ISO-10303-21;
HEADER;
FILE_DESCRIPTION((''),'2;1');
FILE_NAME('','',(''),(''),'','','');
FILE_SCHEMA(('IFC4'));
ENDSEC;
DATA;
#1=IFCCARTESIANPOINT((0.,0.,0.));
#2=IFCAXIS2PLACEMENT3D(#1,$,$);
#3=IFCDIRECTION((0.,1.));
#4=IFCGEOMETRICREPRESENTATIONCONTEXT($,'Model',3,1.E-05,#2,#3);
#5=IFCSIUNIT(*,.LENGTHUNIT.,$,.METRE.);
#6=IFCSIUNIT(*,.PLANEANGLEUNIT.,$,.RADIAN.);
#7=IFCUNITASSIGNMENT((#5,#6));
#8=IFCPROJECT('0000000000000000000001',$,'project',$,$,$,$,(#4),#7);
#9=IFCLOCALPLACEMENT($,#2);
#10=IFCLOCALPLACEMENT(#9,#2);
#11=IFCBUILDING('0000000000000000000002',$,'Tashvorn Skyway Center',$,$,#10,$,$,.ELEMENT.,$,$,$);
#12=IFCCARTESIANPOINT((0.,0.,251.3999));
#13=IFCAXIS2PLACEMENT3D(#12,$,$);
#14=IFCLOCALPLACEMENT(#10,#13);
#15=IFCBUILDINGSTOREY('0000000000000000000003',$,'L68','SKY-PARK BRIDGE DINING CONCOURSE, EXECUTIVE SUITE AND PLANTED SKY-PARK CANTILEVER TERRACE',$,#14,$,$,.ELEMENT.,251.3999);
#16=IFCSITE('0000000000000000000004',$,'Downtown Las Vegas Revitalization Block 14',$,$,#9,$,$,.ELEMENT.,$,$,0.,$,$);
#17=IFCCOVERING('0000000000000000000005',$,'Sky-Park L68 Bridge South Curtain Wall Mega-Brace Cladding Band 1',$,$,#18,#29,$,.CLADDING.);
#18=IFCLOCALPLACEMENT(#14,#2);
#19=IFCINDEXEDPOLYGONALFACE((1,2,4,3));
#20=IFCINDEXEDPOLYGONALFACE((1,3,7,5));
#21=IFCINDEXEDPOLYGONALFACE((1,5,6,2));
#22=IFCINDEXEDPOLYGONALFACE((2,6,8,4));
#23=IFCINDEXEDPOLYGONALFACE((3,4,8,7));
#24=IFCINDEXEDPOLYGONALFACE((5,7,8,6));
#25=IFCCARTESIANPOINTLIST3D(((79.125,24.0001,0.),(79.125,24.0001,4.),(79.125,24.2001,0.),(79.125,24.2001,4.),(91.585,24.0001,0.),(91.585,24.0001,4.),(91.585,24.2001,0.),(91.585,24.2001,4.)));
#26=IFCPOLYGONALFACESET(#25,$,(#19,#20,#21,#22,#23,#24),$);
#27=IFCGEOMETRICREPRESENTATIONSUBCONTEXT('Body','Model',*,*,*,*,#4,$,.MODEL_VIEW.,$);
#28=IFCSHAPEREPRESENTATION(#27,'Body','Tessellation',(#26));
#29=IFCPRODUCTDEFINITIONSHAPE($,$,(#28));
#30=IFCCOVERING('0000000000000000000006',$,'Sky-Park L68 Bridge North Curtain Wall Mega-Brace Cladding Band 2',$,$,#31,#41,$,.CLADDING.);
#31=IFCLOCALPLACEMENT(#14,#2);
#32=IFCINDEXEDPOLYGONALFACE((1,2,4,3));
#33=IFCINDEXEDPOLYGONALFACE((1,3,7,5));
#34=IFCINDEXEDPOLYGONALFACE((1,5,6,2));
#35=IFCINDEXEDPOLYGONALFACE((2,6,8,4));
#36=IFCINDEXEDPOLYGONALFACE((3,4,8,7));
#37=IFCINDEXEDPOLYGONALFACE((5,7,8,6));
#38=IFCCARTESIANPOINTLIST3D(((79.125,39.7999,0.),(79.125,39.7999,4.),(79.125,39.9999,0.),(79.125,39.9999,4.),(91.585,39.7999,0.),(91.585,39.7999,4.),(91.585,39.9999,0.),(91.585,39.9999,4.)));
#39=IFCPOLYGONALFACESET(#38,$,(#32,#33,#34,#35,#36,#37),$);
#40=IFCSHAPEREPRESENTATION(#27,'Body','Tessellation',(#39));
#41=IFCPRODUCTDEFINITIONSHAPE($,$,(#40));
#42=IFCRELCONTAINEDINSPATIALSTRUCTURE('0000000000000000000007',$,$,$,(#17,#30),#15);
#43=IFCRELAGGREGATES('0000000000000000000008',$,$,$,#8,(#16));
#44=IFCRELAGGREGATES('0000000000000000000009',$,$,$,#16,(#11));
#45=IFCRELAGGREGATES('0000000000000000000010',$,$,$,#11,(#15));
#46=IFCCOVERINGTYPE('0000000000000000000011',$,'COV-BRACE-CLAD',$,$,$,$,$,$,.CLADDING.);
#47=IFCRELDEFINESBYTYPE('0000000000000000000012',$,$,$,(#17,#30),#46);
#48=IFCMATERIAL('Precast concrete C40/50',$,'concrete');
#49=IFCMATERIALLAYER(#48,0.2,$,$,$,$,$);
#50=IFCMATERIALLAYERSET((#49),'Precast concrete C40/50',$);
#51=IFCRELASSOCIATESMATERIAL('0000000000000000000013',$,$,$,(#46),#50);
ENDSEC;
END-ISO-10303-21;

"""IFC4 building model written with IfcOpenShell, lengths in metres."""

from ifc_helpers import new_model, si_unit, direction, frame, origin, origin_2d, place, context, subcontext, project, spatial, rectangle, extrude, material, layer, layer_set, type_object, element, save


model = new_model("IFC4")

# Units and contexts
model_context = context("Model", 3, precision=1e-05, world=origin(), true_north=direction((0.0, 1.0)))
body_context = subcontext(model_context, "Body", "Model", "MODEL_VIEW")
ifc_project = project(units=[si_unit("LENGTHUNIT", "METRE"), si_unit("PLANEANGLEUNIT", "RADIAN")], contexts=[model_context])

# Site, building, storey
site_placement = place(None, origin())
site = spatial("IfcSite", under=ifc_project, at=site_placement, Name="Downtown Las Vegas Revitalization Block 14", CompositionType="ELEMENT", RefElevation=0.0)
building_placement = place(site_placement, origin())
building = spatial("IfcBuilding", under=site, at=building_placement, Name="Tashvorn Skyway Center", CompositionType="ELEMENT")
storey_placement = place(building_placement, frame((0.0, 0.0, 251.3999)))
storey = spatial("IfcBuildingStorey", under=building, at=storey_placement, Name="L68", Description="SKY-PARK BRIDGE DINING CONCOURSE, EXECUTIVE SUITE AND PLANTED SKY-PARK CANTILEVER TERRACE", CompositionType="ELEMENT", Elevation=251.3999)

# Coverings
ifc_material_1 = material(Name="Precast concrete C40/50", Category="concrete")
ifc_layer_1 = layer(ifc_material_1, 0.2)
ifc_layer_set_1 = layer_set([ifc_layer_1], Name="Precast concrete C40/50")
covering_type = type_object("IfcCoveringType", Name="COV-BRACE-CLAD", PredefinedType="CLADDING", material=ifc_layer_set_1)
for number, where, z_axis, x_axis, name in (
    (1, (85.355, 24.1001, 0.0), (0.0, 0.0, 1.0), (-1.0, 0.0, 0.0), "Sky-Park L68 Bridge South Curtain Wall Mega-Brace Cladding Band 1"),
    (2, (85.355, 39.8999, 0.0), (0.0, 0.0, 1.0), (1.0, 0.0, 0.0), "Sky-Park L68 Bridge North Curtain Wall Mega-Brace Cladding Band 2"),
):
    element("IfcCovering", number, at=place(storey_placement, frame(where, z_axis=z_axis, x_axis=x_axis)), inside=storey, type_object=covering_type, Name=name, PredefinedType="CLADDING", context=body_context, shape_type="SweptSolid", body=[
        extrude(rectangle(XDim=12.46, YDim=0.2, at=origin_2d()), origin(), (0.0, 0.0, 1.0), 4.0),
    ])

save(model, "model.ifc")
